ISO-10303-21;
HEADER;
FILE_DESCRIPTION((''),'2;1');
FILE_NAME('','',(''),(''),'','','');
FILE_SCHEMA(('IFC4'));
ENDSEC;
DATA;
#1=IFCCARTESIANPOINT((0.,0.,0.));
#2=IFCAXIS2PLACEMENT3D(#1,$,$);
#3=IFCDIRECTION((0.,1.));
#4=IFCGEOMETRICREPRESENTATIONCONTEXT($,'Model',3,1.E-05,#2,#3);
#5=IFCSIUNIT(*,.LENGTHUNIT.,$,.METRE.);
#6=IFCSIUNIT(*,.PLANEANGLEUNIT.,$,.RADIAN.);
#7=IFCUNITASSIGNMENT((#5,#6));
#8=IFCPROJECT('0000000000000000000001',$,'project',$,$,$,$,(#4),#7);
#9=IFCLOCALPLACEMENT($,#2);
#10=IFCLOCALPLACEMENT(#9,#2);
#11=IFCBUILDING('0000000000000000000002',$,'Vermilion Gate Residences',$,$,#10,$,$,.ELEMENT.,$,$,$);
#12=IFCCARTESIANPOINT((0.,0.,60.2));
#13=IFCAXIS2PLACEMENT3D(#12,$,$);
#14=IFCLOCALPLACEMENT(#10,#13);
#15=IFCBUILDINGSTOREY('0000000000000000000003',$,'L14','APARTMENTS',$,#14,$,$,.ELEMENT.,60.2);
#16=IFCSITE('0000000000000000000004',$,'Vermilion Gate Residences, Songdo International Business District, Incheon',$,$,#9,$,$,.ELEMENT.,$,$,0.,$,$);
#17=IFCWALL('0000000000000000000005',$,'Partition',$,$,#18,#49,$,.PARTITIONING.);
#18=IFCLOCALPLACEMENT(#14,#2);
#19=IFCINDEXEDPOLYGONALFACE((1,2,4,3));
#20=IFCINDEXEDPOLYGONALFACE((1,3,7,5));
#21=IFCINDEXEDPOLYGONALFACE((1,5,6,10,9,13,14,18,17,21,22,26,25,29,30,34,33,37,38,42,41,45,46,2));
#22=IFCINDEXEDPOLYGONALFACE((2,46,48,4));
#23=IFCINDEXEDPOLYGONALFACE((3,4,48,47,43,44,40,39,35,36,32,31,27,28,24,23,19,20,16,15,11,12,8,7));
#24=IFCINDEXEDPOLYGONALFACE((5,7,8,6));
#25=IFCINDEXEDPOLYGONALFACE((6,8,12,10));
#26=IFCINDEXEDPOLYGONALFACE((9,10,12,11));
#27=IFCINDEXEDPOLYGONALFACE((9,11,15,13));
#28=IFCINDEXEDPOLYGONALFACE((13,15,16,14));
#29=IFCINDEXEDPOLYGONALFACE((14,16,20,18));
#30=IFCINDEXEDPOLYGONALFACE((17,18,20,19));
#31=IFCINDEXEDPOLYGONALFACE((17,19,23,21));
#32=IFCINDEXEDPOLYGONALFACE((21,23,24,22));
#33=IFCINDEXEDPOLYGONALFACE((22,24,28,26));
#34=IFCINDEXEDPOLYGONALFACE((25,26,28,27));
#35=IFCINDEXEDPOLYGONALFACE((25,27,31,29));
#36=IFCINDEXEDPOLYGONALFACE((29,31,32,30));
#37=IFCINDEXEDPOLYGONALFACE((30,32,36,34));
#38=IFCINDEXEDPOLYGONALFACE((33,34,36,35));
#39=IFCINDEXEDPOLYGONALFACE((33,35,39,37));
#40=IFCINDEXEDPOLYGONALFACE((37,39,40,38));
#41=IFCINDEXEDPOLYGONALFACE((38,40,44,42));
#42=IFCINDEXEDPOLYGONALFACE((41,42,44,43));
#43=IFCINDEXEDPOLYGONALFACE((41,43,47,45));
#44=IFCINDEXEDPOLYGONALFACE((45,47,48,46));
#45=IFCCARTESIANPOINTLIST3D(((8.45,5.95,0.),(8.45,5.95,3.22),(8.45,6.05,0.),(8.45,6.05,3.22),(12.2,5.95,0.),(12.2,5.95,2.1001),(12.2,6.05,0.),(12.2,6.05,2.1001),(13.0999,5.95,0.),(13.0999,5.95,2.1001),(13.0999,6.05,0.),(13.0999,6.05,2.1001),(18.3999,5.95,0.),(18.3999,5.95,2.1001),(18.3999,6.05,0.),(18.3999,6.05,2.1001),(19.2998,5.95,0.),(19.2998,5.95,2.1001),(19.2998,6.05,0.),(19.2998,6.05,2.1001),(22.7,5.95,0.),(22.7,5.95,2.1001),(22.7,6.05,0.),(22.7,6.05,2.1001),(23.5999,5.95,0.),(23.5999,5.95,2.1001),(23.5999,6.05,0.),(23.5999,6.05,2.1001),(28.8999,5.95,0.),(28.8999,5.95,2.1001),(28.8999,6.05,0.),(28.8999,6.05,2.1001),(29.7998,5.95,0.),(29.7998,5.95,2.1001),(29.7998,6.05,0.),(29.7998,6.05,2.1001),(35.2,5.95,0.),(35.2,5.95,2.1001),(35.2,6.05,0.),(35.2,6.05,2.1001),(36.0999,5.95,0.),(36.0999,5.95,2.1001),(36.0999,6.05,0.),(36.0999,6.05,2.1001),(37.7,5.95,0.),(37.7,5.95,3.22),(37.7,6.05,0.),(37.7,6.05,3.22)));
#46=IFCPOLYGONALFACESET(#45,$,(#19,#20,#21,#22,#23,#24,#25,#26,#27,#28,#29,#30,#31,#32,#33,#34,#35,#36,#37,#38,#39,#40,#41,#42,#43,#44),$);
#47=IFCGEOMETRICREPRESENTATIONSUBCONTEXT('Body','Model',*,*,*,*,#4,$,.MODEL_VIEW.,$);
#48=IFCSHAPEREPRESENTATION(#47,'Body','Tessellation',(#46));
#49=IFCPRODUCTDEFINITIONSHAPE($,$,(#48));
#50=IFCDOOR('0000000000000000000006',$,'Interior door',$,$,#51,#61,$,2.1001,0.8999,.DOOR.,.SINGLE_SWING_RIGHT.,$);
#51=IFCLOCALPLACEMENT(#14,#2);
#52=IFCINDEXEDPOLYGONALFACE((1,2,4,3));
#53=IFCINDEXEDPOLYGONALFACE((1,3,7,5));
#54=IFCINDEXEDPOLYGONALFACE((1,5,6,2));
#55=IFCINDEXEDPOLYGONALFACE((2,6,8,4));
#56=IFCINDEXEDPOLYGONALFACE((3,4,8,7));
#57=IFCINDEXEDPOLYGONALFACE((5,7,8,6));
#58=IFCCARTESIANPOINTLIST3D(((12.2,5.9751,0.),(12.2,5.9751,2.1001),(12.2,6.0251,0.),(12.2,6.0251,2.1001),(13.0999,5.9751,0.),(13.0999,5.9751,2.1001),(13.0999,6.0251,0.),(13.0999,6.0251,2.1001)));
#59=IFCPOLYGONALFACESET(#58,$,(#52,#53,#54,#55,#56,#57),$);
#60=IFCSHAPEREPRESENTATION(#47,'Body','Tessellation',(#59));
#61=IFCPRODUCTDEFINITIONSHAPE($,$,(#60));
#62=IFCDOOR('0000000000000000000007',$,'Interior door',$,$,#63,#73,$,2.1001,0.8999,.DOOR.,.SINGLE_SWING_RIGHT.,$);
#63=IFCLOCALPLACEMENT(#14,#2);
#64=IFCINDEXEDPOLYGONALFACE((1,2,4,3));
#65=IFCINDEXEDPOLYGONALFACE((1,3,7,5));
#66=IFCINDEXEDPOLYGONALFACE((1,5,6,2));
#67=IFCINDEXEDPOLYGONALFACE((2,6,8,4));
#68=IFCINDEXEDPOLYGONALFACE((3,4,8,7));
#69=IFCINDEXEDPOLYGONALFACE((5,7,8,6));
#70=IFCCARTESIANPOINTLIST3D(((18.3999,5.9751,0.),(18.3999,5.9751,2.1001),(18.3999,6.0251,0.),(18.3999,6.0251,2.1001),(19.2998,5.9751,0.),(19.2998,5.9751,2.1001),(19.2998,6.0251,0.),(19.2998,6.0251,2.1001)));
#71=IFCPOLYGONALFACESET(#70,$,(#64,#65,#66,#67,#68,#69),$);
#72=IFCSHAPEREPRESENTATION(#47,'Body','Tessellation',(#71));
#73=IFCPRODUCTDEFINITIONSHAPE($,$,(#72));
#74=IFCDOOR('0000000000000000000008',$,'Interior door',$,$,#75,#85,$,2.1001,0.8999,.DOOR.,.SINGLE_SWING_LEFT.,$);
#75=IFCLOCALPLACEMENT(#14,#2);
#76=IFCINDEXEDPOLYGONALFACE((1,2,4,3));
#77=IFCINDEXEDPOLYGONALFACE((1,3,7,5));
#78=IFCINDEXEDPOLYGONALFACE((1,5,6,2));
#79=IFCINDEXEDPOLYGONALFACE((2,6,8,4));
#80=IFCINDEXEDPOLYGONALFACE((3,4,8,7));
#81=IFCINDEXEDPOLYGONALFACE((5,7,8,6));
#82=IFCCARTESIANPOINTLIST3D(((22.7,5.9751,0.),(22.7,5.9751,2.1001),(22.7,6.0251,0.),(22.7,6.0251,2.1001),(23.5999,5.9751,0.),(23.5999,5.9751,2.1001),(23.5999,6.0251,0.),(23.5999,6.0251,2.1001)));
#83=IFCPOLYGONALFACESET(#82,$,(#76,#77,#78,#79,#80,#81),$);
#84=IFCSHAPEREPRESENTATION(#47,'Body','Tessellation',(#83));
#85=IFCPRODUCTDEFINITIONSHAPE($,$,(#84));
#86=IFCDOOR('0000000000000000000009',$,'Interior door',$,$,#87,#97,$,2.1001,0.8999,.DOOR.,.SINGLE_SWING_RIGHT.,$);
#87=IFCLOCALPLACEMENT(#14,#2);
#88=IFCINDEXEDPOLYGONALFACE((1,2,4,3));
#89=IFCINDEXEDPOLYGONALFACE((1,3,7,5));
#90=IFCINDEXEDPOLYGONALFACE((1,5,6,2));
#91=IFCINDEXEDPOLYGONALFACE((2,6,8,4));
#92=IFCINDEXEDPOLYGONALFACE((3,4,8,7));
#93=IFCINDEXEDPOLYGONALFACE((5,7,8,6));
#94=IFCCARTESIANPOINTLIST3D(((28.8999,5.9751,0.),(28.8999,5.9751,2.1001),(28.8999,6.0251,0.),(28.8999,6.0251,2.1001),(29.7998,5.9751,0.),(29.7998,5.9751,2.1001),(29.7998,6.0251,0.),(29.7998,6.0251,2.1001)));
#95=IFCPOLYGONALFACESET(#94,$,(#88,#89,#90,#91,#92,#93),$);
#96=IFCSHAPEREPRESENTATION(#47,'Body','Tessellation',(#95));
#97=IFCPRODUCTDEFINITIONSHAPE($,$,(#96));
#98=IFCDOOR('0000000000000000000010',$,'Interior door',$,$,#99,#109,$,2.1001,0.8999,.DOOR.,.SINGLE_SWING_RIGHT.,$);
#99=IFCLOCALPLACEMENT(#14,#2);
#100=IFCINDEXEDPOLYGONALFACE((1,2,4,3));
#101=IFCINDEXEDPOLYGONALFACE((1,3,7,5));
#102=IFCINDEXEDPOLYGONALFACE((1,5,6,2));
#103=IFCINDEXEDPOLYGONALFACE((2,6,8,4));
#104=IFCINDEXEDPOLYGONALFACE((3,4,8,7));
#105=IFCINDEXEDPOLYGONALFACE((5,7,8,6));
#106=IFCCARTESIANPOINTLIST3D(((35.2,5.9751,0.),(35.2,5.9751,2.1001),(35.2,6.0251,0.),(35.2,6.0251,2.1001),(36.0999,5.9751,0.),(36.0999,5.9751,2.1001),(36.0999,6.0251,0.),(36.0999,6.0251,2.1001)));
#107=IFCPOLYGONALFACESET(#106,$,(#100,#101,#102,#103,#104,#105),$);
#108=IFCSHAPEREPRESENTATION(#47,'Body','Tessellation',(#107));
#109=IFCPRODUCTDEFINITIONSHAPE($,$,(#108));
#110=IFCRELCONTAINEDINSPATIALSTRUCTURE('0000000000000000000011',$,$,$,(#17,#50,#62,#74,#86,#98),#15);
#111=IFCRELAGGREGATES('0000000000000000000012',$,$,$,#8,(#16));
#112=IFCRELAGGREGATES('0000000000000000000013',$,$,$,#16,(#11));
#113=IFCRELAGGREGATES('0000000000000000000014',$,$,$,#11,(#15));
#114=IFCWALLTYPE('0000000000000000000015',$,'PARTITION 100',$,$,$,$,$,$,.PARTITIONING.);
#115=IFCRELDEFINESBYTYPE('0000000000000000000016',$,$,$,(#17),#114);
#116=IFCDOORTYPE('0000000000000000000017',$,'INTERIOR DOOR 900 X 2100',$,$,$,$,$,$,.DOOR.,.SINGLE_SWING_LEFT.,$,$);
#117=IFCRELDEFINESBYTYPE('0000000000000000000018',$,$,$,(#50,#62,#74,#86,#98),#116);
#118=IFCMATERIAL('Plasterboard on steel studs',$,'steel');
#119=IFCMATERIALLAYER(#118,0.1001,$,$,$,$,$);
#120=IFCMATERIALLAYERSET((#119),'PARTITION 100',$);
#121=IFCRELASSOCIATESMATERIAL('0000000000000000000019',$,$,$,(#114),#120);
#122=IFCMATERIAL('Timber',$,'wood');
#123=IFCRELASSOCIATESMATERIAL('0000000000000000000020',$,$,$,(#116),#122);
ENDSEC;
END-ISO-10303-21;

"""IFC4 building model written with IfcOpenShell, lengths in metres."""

from ifc_helpers import new_model, si_unit, direction, frame, frame_2d, origin, place, context, subcontext, project, spatial, rectangle, extrude, material, layer, layer_set, type_object, element, fill, save


model = new_model("IFC4")

# Units and contexts
model_context = context("Model", 3, precision=1e-05, world=origin(), true_north=direction((0.0, 1.0)))
body_context = subcontext(model_context, "Body", "Model", "MODEL_VIEW")
ifc_project = project(units=[si_unit("LENGTHUNIT", "METRE"), si_unit("PLANEANGLEUNIT", "RADIAN")], contexts=[model_context])

# Site, building, storey
site_placement = place(None, origin())
site = spatial("IfcSite", under=ifc_project, at=site_placement, Name="Vermilion Gate Residences, Songdo International Business District, Incheon", CompositionType="ELEMENT", RefElevation=0.0)
building_placement = place(site_placement, origin())
building = spatial("IfcBuilding", under=site, at=building_placement, Name="Vermilion Gate Residences", CompositionType="ELEMENT")
storey_placement = place(building_placement, frame((0.0, 0.0, 60.2)))
storey = spatial("IfcBuildingStorey", under=building, at=storey_placement, Name="L14", Description="APARTMENTS", CompositionType="ELEMENT", Elevation=60.2)

# Wall, openings, doors
ifc_material_1 = material(Name="Plasterboard on steel studs", Category="steel")
ifc_layer_1 = layer(ifc_material_1, 0.1001)
ifc_layer_set_1 = layer_set([ifc_layer_1], Name="PARTITION 100")
wall_type_1 = type_object("IfcWallType", Name="PARTITION 100", PredefinedType="PARTITIONING", material=ifc_layer_set_1)
wall_1_placement = place(storey_placement, frame((8.45, 6.0, 0.0), z_axis=(0.0, 0.0, 1.0), x_axis=(1.0, 0.0, 0.0)))
wall_1 = element("IfcWall", 1, at=wall_1_placement, inside=storey, type_object=wall_type_1, Name="Partition", PredefinedType="PARTITIONING", context=body_context, shape_type="SweptSolid", body=[
    extrude(rectangle(XDim=29.25, YDim=0.1001, at=frame_2d((14.625, 0.0))), origin(), (0.0, 0.0, 1.0), 3.22),
])
opening_1_placement = place(wall_1_placement, frame((3.75, 0.0, 0.0)))
opening_1 = element("IfcOpeningElement", 2, at=opening_1_placement, cuts=wall_1, PredefinedType="OPENING", context=body_context, shape_type="SweptSolid", body=[
    extrude(rectangle(XDim=0.8999, YDim=2.1001, at=frame_2d((0.45, 1.05))), frame((0.0, 0.0601, 0.0), z_axis=(0.0, -1.0, 0.0), x_axis=(1.0, 0.0, 0.0)), (0.0, 0.0, 1.0), 0.1201),
])
opening_2_placement = place(wall_1_placement, frame((9.95, 0.0, 0.0)))
opening_2 = element("IfcOpeningElement", 3, at=opening_2_placement, cuts=wall_1, PredefinedType="OPENING", context=body_context, shape_type="SweptSolid", body=[
    extrude(rectangle(XDim=0.8999, YDim=2.1001, at=frame_2d((0.45, 1.05))), frame((0.0, 0.0601, 0.0), z_axis=(0.0, -1.0, 0.0), x_axis=(1.0, 0.0, 0.0)), (0.0, 0.0, 1.0), 0.1201),
])
opening_3_placement = place(wall_1_placement, frame((14.25, 0.0, 0.0)))
opening_3 = element("IfcOpeningElement", 4, at=opening_3_placement, cuts=wall_1, PredefinedType="OPENING", context=body_context, shape_type="SweptSolid", body=[
    extrude(rectangle(XDim=0.8999, YDim=2.1001, at=frame_2d((0.45, 1.05))), frame((0.0, 0.0601, 0.0), z_axis=(0.0, -1.0, 0.0), x_axis=(1.0, 0.0, 0.0)), (0.0, 0.0, 1.0), 0.1201),
])
opening_4_placement = place(wall_1_placement, frame((20.45, 0.0, 0.0)))
opening_4 = element("IfcOpeningElement", 5, at=opening_4_placement, cuts=wall_1, PredefinedType="OPENING", context=body_context, shape_type="SweptSolid", body=[
    extrude(rectangle(XDim=0.8999, YDim=2.1001, at=frame_2d((0.45, 1.05))), frame((0.0, 0.0601, 0.0), z_axis=(0.0, -1.0, 0.0), x_axis=(1.0, 0.0, 0.0)), (0.0, 0.0, 1.0), 0.1201),
])
opening_5_placement = place(wall_1_placement, frame((26.75, 0.0, 0.0)))
opening_5 = element("IfcOpeningElement", 6, at=opening_5_placement, cuts=wall_1, PredefinedType="OPENING", context=body_context, shape_type="SweptSolid", body=[
    extrude(rectangle(XDim=0.8999, YDim=2.1001, at=frame_2d((0.45, 1.05))), frame((0.0, 0.0601, 0.0), z_axis=(0.0, -1.0, 0.0), x_axis=(1.0, 0.0, 0.0)), (0.0, 0.0, 1.0), 0.1201),
])
ifc_material_2 = material(Name="Timber", Category="wood")
door_type = type_object("IfcDoorType", Name="INTERIOR DOOR 900 X 2100", OperationType="SINGLE_SWING_LEFT", PredefinedType="DOOR", material=ifc_material_2)
door_1_placement = place(opening_1_placement, frame((0.8999, 0.0, 0.0), z_axis=(0.0, 0.0, 1.0), x_axis=(-1.0, 0.0, 0.0)))
door_1 = element("IfcDoor", 7, at=door_1_placement, inside=storey, type_object=door_type, Name="Interior door", OperationType="SINGLE_SWING_RIGHT", OverallHeight=2.1001, OverallWidth=0.8999, PredefinedType="DOOR", context=body_context, shape_type="SweptSolid", body=[
    extrude(rectangle(XDim=0.8999, YDim=2.1001, at=frame_2d((0.45, 1.05))), frame((0.0, 0.0249, 0.0), z_axis=(0.0, -1.0, 0.0), x_axis=(1.0, 0.0, 0.0)), (0.0, 0.0, 1.0), 0.05),
])
fill(opening_1, door_1)
door_2_placement = place(opening_2_placement, frame((0.8999, 0.0, 0.0), z_axis=(0.0, 0.0, 1.0), x_axis=(-1.0, 0.0, 0.0)))
door_2 = element("IfcDoor", 8, at=door_2_placement, inside=storey, type_object=door_type, Name="Interior door", OperationType="SINGLE_SWING_RIGHT", OverallHeight=2.1001, OverallWidth=0.8999, PredefinedType="DOOR", context=body_context, shape_type="SweptSolid", body=[
    extrude(rectangle(XDim=0.8999, YDim=2.1001, at=frame_2d((0.45, 1.05))), frame((0.0, 0.0249, 0.0), z_axis=(0.0, -1.0, 0.0), x_axis=(1.0, 0.0, 0.0)), (0.0, 0.0, 1.0), 0.05),
])
fill(opening_2, door_2)
door_3_placement = place(opening_3_placement, frame((0.8999, 0.0, 0.0), z_axis=(0.0, 0.0, 1.0), x_axis=(-1.0, 0.0, 0.0)))
door_3 = element("IfcDoor", 9, at=door_3_placement, inside=storey, type_object=door_type, Name="Interior door", OperationType="SINGLE_SWING_LEFT", OverallHeight=2.1001, OverallWidth=0.8999, PredefinedType="DOOR", context=body_context, shape_type="SweptSolid", body=[
    extrude(rectangle(XDim=0.8999, YDim=2.1001, at=frame_2d((0.45, 1.05))), frame((0.0, 0.0249, 0.0), z_axis=(0.0, -1.0, 0.0), x_axis=(1.0, 0.0, 0.0)), (0.0, 0.0, 1.0), 0.05),
])
fill(opening_3, door_3)
door_4_placement = place(opening_4_placement, frame((0.8999, 0.0, 0.0), z_axis=(0.0, 0.0, 1.0), x_axis=(-1.0, 0.0, 0.0)))
door_4 = element("IfcDoor", 10, at=door_4_placement, inside=storey, type_object=door_type, Name="Interior door", OperationType="SINGLE_SWING_RIGHT", OverallHeight=2.1001, OverallWidth=0.8999, PredefinedType="DOOR", context=body_context, shape_type="SweptSolid", body=[
    extrude(rectangle(XDim=0.8999, YDim=2.1001, at=frame_2d((0.45, 1.05))), frame((0.0, 0.0249, 0.0), z_axis=(0.0, -1.0, 0.0), x_axis=(1.0, 0.0, 0.0)), (0.0, 0.0, 1.0), 0.05),
])
fill(opening_4, door_4)
door_5_placement = place(opening_5_placement, frame((0.8999, 0.0, 0.0), z_axis=(0.0, 0.0, 1.0), x_axis=(-1.0, 0.0, 0.0)))
door_5 = element("IfcDoor", 11, at=door_5_placement, inside=storey, type_object=door_type, Name="Interior door", OperationType="SINGLE_SWING_RIGHT", OverallHeight=2.1001, OverallWidth=0.8999, PredefinedType="DOOR", context=body_context, shape_type="SweptSolid", body=[
    extrude(rectangle(XDim=0.8999, YDim=2.1001, at=frame_2d((0.45, 1.05))), frame((0.0, 0.0249, 0.0), z_axis=(0.0, -1.0, 0.0), x_axis=(1.0, 0.0, 0.0)), (0.0, 0.0, 1.0), 0.05),
])
fill(opening_5, door_5)

save(model, "model.ifc")
